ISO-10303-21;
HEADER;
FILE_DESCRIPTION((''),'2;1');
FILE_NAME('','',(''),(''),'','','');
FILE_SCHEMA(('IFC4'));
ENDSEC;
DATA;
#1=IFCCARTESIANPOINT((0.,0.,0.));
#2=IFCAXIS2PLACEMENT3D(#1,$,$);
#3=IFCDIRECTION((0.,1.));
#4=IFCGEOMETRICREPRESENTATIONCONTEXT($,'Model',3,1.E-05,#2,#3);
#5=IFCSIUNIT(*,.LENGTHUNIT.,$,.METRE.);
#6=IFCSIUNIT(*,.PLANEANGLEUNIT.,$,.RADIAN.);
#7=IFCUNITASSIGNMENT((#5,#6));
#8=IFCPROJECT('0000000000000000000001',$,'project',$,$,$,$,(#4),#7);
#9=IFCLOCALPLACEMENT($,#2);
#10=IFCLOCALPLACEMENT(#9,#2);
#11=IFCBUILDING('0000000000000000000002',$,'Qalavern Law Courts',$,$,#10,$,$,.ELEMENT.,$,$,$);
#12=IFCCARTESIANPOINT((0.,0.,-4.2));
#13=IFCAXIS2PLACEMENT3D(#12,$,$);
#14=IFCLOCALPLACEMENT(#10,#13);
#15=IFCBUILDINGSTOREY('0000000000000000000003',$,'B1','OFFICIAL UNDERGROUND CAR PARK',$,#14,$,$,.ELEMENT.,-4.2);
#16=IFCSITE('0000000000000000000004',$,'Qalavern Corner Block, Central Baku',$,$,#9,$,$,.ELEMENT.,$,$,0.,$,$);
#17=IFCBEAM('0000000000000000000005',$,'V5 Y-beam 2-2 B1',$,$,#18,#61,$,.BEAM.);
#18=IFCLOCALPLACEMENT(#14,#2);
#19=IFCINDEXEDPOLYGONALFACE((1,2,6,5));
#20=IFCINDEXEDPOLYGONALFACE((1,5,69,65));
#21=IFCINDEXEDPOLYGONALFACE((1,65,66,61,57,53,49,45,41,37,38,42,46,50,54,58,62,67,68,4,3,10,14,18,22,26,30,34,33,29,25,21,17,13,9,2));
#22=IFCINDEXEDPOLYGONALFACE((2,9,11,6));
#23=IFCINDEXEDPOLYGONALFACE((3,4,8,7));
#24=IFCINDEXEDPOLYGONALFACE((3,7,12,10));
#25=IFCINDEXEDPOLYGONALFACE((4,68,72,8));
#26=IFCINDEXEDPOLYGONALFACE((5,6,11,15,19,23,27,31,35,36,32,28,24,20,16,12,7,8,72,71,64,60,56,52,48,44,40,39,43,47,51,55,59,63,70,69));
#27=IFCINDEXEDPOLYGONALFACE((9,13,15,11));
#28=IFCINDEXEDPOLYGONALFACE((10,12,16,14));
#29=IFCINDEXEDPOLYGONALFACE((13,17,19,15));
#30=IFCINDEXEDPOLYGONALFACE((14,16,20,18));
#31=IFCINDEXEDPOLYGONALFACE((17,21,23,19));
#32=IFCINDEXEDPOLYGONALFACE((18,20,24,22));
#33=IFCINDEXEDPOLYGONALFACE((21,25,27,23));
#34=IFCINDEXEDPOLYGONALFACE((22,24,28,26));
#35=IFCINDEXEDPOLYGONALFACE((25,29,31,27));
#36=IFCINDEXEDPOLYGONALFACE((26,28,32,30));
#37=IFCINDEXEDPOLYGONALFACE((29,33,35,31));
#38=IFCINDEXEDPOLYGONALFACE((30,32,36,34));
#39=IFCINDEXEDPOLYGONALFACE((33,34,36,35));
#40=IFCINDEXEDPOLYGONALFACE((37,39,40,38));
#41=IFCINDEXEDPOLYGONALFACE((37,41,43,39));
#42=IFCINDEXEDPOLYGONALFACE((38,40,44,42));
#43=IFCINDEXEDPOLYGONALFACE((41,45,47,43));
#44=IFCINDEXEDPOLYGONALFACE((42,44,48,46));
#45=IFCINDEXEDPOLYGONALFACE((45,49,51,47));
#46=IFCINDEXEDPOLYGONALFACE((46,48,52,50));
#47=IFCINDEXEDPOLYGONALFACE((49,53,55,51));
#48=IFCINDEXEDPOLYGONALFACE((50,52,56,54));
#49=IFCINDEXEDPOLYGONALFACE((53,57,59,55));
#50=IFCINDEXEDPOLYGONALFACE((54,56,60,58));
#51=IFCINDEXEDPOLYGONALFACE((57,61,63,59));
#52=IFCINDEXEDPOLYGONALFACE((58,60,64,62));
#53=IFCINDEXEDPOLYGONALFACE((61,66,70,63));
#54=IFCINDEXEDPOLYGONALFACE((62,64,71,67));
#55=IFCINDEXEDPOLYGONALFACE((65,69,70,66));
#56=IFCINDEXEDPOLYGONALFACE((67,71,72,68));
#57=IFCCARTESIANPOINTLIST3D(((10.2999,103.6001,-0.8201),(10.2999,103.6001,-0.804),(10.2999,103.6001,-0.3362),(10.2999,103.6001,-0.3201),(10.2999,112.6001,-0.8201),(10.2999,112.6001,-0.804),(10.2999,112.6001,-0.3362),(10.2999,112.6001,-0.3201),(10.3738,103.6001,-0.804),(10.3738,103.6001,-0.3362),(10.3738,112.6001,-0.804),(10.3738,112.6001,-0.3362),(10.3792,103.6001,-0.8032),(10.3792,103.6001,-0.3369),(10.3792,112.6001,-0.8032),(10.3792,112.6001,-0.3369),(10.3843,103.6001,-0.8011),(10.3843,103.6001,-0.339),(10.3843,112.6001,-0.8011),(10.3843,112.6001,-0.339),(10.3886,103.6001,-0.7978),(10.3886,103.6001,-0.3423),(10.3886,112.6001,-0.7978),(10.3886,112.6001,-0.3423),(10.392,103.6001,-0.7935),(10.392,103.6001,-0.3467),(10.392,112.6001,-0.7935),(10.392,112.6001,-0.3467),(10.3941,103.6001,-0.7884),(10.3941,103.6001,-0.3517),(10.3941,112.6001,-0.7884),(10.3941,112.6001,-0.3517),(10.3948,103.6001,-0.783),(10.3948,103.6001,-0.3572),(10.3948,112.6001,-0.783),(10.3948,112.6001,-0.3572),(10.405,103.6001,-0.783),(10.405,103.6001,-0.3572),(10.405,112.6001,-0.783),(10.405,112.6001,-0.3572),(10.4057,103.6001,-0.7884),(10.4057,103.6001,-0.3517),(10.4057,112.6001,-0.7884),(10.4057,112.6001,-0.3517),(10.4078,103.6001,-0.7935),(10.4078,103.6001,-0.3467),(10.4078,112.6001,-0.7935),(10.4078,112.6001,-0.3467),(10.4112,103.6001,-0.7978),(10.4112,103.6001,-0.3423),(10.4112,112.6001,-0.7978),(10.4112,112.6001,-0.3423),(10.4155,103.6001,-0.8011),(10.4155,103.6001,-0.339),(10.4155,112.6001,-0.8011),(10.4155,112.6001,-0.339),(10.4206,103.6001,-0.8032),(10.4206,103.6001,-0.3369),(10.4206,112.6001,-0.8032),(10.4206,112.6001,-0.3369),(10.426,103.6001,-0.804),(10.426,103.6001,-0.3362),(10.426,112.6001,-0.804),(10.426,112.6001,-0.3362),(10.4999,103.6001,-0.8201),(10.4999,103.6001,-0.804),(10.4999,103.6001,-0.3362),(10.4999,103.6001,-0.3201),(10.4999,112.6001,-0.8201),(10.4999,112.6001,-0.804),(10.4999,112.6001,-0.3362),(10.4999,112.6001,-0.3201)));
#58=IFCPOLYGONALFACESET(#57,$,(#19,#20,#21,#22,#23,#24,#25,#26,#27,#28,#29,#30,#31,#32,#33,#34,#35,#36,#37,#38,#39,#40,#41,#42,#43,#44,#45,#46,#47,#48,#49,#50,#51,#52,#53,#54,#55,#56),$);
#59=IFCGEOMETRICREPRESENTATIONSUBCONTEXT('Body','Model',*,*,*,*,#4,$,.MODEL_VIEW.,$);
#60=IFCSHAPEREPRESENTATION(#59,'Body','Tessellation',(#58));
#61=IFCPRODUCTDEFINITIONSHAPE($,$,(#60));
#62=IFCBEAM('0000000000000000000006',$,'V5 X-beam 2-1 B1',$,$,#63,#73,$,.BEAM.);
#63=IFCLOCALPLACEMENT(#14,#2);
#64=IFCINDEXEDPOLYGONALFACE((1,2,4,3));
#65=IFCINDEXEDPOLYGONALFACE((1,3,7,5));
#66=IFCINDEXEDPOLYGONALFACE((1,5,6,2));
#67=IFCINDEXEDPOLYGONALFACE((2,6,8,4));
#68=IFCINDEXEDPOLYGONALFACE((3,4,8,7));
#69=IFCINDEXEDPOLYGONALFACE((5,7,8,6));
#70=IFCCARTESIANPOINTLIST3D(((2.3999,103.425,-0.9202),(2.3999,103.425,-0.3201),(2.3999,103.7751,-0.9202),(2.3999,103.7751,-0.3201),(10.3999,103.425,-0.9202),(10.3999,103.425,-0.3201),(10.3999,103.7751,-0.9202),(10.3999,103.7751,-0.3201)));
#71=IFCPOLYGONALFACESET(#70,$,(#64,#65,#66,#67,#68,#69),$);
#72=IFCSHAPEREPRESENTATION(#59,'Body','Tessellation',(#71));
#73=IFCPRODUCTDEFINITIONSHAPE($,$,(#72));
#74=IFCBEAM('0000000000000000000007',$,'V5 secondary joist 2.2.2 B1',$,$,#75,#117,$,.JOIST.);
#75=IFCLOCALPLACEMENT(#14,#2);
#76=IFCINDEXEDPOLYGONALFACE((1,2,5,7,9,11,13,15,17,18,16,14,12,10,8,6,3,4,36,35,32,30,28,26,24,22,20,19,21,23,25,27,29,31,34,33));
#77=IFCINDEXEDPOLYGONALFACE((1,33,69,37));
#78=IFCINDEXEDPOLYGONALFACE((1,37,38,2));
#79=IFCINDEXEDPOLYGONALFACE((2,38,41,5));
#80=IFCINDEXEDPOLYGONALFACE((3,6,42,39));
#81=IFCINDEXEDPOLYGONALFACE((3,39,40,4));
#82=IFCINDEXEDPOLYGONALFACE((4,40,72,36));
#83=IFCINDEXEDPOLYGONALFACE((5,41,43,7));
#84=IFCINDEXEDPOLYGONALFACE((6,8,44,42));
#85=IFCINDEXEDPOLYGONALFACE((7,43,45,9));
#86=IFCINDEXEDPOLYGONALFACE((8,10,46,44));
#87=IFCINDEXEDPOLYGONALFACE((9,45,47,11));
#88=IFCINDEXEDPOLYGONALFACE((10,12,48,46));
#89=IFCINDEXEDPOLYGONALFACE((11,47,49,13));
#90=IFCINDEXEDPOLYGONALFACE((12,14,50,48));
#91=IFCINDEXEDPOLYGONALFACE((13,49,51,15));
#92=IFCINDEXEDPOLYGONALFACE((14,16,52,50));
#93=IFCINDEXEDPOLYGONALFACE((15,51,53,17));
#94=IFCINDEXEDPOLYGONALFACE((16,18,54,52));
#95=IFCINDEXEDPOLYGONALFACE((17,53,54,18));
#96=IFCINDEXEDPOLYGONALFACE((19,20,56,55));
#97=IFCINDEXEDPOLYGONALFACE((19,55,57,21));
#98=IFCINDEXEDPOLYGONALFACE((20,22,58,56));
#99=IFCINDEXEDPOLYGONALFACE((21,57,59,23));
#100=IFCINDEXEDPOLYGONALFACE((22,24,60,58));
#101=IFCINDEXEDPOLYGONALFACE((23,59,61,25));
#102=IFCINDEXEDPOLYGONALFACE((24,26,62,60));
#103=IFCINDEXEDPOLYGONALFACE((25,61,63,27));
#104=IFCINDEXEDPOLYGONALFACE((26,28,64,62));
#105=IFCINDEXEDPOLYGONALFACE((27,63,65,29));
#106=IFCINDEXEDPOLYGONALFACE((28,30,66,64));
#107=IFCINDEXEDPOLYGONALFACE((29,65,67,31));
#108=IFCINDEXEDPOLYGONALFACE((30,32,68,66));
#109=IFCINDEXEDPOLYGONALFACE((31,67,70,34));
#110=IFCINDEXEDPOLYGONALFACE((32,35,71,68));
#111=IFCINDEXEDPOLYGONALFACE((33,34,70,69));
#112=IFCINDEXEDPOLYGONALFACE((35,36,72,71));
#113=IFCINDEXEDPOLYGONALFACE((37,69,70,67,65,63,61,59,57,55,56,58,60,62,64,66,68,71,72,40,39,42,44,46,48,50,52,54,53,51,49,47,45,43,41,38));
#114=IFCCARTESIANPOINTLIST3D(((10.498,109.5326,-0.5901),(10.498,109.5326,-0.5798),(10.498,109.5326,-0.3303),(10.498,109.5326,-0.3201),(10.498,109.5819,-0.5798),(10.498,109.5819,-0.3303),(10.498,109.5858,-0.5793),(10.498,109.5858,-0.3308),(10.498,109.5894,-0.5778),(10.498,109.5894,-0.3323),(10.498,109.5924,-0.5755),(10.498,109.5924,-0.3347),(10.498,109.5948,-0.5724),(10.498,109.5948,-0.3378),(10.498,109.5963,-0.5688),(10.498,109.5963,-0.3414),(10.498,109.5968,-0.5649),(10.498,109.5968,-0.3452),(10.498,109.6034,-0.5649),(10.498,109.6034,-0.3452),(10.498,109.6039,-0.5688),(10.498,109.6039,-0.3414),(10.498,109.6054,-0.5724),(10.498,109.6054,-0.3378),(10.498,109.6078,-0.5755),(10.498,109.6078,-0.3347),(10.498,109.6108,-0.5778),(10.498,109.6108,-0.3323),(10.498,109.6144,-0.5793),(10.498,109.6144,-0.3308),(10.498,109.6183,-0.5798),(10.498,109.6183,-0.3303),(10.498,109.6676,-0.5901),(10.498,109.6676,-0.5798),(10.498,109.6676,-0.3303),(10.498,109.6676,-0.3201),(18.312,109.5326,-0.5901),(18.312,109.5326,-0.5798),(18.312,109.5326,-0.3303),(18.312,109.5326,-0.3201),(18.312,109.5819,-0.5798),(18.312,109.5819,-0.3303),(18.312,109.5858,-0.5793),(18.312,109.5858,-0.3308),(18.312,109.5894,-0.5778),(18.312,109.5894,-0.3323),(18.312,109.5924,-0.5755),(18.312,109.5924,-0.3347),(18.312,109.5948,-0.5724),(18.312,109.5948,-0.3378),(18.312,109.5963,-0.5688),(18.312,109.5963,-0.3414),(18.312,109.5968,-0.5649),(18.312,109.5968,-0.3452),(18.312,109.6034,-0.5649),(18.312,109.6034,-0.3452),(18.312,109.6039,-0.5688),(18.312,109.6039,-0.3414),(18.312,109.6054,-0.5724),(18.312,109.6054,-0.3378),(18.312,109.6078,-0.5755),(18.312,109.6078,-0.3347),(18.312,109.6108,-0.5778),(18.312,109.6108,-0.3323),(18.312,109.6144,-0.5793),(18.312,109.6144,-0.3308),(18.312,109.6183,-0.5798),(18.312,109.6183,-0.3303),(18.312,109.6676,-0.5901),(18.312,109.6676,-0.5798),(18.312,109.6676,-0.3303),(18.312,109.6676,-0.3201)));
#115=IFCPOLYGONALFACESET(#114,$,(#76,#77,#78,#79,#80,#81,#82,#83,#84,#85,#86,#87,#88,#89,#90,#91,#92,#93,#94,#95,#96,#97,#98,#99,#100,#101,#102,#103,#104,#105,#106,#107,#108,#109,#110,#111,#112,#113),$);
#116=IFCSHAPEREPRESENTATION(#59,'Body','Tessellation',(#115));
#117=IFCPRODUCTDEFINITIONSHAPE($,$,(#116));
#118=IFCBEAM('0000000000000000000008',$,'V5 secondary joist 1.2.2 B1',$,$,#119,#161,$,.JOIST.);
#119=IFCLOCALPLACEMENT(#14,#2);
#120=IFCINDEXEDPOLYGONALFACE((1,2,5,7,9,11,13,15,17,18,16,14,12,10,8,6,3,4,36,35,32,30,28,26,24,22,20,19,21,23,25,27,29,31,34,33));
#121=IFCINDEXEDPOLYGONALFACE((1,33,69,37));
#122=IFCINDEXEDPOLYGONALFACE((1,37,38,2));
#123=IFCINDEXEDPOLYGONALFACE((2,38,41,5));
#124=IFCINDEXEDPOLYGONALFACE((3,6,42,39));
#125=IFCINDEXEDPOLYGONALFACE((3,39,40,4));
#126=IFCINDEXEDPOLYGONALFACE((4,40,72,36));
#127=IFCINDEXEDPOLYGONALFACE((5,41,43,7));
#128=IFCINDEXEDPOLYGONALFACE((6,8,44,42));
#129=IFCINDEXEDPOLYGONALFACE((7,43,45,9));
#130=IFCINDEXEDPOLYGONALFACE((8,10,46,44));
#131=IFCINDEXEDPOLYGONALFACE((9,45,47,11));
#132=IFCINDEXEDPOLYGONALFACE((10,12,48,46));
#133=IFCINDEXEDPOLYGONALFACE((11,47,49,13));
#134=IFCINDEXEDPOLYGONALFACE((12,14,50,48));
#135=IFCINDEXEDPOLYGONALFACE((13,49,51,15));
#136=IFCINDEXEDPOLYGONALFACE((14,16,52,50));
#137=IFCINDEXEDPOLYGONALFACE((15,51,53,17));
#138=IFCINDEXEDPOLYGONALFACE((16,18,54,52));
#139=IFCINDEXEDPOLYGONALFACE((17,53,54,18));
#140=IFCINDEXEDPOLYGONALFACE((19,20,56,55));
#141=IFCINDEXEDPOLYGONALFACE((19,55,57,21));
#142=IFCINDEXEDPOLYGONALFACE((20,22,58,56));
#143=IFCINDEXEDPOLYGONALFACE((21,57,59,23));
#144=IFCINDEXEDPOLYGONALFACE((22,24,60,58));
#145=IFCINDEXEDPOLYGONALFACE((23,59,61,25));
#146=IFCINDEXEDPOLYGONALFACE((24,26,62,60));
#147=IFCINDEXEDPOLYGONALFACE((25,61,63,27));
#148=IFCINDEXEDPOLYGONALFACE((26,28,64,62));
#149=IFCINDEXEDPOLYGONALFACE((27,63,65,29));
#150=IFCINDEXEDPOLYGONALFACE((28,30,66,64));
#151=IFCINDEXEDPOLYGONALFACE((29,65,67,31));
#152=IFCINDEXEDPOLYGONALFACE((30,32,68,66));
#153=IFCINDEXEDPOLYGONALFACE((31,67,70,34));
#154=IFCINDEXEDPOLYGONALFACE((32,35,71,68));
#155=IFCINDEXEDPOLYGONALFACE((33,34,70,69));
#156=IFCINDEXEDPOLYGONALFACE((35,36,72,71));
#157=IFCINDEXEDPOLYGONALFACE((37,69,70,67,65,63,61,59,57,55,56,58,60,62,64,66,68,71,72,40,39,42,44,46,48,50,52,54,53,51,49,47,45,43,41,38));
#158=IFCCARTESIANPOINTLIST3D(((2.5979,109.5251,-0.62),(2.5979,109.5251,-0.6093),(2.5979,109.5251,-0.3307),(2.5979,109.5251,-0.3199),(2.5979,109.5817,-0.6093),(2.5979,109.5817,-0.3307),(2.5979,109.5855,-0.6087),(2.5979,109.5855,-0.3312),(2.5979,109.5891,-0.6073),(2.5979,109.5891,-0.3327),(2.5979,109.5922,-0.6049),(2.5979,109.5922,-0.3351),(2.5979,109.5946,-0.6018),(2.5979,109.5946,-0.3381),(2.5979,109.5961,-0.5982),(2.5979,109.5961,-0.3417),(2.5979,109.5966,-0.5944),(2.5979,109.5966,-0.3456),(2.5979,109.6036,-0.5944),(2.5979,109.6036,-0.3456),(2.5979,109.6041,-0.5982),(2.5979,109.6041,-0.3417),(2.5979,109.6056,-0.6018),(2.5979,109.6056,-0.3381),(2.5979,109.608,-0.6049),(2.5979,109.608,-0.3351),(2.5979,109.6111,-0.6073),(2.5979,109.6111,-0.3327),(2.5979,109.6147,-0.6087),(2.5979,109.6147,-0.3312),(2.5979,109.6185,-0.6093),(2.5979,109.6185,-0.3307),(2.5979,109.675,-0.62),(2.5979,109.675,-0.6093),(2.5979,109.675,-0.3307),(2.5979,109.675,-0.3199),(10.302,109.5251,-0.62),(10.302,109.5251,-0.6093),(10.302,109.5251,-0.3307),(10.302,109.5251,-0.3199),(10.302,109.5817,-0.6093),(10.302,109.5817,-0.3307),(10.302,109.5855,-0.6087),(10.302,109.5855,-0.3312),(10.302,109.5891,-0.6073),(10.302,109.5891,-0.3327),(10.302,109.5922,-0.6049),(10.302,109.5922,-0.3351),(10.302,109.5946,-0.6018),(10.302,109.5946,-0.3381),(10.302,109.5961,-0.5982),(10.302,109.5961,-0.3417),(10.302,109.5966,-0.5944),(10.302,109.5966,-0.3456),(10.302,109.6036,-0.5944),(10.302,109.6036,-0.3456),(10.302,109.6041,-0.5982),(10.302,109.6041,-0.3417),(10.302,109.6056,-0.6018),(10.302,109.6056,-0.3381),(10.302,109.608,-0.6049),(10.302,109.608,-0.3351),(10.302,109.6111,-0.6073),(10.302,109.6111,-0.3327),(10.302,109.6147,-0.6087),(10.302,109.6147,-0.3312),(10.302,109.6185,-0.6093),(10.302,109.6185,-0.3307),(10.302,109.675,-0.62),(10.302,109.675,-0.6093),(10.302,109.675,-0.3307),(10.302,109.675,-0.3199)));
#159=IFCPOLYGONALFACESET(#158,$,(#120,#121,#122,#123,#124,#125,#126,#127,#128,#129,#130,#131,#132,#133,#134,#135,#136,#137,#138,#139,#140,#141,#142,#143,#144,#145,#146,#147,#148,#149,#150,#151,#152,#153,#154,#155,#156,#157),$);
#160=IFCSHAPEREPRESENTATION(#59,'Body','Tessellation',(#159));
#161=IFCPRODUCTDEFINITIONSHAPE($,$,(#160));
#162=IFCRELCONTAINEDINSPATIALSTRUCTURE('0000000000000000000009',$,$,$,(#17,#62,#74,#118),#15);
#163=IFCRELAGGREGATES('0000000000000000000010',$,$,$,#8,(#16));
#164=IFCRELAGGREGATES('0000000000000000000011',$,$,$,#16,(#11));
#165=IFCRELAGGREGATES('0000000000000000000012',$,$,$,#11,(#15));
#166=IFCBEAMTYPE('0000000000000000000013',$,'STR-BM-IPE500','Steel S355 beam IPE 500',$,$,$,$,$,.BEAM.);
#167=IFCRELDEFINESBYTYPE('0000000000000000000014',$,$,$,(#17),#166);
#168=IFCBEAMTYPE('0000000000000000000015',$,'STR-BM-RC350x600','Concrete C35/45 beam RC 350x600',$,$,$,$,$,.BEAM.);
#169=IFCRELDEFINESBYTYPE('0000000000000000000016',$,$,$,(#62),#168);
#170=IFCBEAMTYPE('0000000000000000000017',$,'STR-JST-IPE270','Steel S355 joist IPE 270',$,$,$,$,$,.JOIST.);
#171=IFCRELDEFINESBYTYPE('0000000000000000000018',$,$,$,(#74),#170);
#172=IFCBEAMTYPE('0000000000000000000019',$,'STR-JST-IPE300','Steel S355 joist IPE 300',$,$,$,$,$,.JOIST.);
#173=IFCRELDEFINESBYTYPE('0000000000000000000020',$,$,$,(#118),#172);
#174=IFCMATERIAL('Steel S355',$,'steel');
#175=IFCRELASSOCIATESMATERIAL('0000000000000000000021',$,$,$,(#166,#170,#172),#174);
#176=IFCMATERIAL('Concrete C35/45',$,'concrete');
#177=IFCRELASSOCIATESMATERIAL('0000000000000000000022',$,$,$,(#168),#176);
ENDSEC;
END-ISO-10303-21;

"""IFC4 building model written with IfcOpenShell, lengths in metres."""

from ifc_helpers import new_model, si_unit, direction, frame, origin, origin_2d, place, context, subcontext, project, spatial, rectangle, i_section, extrude, material, material_profile, profile_set, type_object, element, save


model = new_model("IFC4")

# Units and contexts
model_context = context("Model", 3, precision=1e-05, world=origin(), true_north=direction((0.0, 1.0)))
body_context = subcontext(model_context, "Body", "Model", "MODEL_VIEW")
ifc_project = project(units=[si_unit("LENGTHUNIT", "METRE"), si_unit("PLANEANGLEUNIT", "RADIAN")], contexts=[model_context])

# Site, building, storey
site_placement = place(None, origin())
site = spatial("IfcSite", under=ifc_project, at=site_placement, Name="Qalavern Corner Block, Central Baku", CompositionType="ELEMENT", RefElevation=0.0)
building_placement = place(site_placement, origin())
building = spatial("IfcBuilding", under=site, at=building_placement, Name="Qalavern Law Courts", CompositionType="ELEMENT")
storey_placement = place(building_placement, frame((0.0, 0.0, -4.2)))
storey = spatial("IfcBuildingStorey", under=building, at=storey_placement, Name="B1", Description="OFFICIAL UNDERGROUND CAR PARK", CompositionType="ELEMENT", Elevation=-4.2)

# Beams
ifc_material_1 = material(Name="Steel S355", Category="steel")
ifc_material_profile_1 = material_profile(ifc_material_1, i_section(OverallWidth=0.2, OverallDepth=0.5, WebThickness=0.0103, FlangeThickness=0.0161, FilletRadius=0.021, at=origin_2d()), Name="IPE 500")
ifc_profile_set_1 = profile_set([ifc_material_profile_1], Name="Steel S355")
beam_type_1 = type_object("IfcBeamType", Name="STR-BM-IPE500", Description="Steel S355 beam IPE 500", PredefinedType="BEAM", material=ifc_profile_set_1)
beam_1_placement = place(storey_placement, frame((10.3999, 103.6001, -0.5701), z_axis=(0.0, 1.0, 0.0), x_axis=(-1.0, 0.0, 0.0)))
element("IfcBeam", 1, at=beam_1_placement, inside=storey, type_object=beam_type_1, Name="V5 Y-beam 2-2 B1", PredefinedType="BEAM", context=body_context, shape_type="SweptSolid", body=[
    extrude(i_section(OverallWidth=0.2, OverallDepth=0.5, WebThickness=0.0103, FlangeThickness=0.0161, FilletRadius=0.021, at=origin_2d()), origin(), (0.0, 0.0, 1.0), 9.0),
])
ifc_material_2 = material(Name="Concrete C35/45", Category="concrete")
ifc_material_profile_2 = material_profile(ifc_material_2, rectangle(XDim=0.3501, YDim=0.6001, at=origin_2d()), Name="RC 350x600")
ifc_profile_set_2 = profile_set([ifc_material_profile_2], Name="Concrete C35/45")
beam_type_2 = type_object("IfcBeamType", Name="STR-BM-RC350x600", Description="Concrete C35/45 beam RC 350x600", PredefinedType="BEAM", material=ifc_profile_set_2)
beam_2_placement = place(storey_placement, frame((2.3999, 103.6001, -0.6201), z_axis=(1.0, 0.0, 0.0), x_axis=(0.0, 1.0, 0.0)))
element("IfcBeam", 2, at=beam_2_placement, inside=storey, type_object=beam_type_2, Name="V5 X-beam 2-1 B1", PredefinedType="BEAM", context=body_context, shape_type="SweptSolid", body=[
    extrude(rectangle(XDim=0.3501, YDim=0.6001, at=origin_2d()), origin(), (0.0, 0.0, 1.0), 8.0),
])
ifc_material_profile_3 = material_profile(ifc_material_1, i_section(OverallWidth=0.135, OverallDepth=0.27, WebThickness=0.0066, FlangeThickness=0.0103, FilletRadius=0.0149, at=origin_2d()), Name="IPE 270")
ifc_profile_set_3 = profile_set([ifc_material_profile_3], Name="Steel S355")
beam_type_3 = type_object("IfcBeamType", Name="STR-JST-IPE270", Description="Steel S355 joist IPE 270", PredefinedType="JOIST", material=ifc_profile_set_3)
beam_3_placement = place(storey_placement, frame((10.498, 109.6001, -0.4551), z_axis=(1.0, 0.0, 0.0), x_axis=(0.0, 1.0, 0.0)))
element("IfcBeam", 3, at=beam_3_placement, inside=storey, type_object=beam_type_3, Name="V5 secondary joist 2.2.2 B1", PredefinedType="JOIST", context=body_context, shape_type="SweptSolid", body=[
    extrude(i_section(OverallWidth=0.135, OverallDepth=0.27, WebThickness=0.0066, FlangeThickness=0.0103, FilletRadius=0.0149, at=origin_2d()), origin(), (0.0, 0.0, 1.0), 7.814),
])
ifc_material_profile_4 = material_profile(ifc_material_1, i_section(OverallWidth=0.1499, OverallDepth=0.3, WebThickness=0.0071, FlangeThickness=0.0107, FilletRadius=0.0149, at=origin_2d()), Name="IPE 300")
ifc_profile_set_4 = profile_set([ifc_material_profile_4], Name="Steel S355")
beam_type_4 = type_object("IfcBeamType", Name="STR-JST-IPE300", Description="Steel S355 joist IPE 300", PredefinedType="JOIST", material=ifc_profile_set_4)
beam_4_placement = place(storey_placement, frame((2.5979, 109.6001, -0.47), z_axis=(1.0, 0.0, 0.0), x_axis=(0.0, 1.0, 0.0)))
element("IfcBeam", 4, at=beam_4_placement, inside=storey, type_object=beam_type_4, Name="V5 secondary joist 1.2.2 B1", PredefinedType="JOIST", context=body_context, shape_type="SweptSolid", body=[
    extrude(i_section(OverallWidth=0.1499, OverallDepth=0.3, WebThickness=0.0071, FlangeThickness=0.0107, FilletRadius=0.0149, at=origin_2d()), origin(), (0.0, 0.0, 1.0), 7.7041),
])

save(model, "model.ifc")
